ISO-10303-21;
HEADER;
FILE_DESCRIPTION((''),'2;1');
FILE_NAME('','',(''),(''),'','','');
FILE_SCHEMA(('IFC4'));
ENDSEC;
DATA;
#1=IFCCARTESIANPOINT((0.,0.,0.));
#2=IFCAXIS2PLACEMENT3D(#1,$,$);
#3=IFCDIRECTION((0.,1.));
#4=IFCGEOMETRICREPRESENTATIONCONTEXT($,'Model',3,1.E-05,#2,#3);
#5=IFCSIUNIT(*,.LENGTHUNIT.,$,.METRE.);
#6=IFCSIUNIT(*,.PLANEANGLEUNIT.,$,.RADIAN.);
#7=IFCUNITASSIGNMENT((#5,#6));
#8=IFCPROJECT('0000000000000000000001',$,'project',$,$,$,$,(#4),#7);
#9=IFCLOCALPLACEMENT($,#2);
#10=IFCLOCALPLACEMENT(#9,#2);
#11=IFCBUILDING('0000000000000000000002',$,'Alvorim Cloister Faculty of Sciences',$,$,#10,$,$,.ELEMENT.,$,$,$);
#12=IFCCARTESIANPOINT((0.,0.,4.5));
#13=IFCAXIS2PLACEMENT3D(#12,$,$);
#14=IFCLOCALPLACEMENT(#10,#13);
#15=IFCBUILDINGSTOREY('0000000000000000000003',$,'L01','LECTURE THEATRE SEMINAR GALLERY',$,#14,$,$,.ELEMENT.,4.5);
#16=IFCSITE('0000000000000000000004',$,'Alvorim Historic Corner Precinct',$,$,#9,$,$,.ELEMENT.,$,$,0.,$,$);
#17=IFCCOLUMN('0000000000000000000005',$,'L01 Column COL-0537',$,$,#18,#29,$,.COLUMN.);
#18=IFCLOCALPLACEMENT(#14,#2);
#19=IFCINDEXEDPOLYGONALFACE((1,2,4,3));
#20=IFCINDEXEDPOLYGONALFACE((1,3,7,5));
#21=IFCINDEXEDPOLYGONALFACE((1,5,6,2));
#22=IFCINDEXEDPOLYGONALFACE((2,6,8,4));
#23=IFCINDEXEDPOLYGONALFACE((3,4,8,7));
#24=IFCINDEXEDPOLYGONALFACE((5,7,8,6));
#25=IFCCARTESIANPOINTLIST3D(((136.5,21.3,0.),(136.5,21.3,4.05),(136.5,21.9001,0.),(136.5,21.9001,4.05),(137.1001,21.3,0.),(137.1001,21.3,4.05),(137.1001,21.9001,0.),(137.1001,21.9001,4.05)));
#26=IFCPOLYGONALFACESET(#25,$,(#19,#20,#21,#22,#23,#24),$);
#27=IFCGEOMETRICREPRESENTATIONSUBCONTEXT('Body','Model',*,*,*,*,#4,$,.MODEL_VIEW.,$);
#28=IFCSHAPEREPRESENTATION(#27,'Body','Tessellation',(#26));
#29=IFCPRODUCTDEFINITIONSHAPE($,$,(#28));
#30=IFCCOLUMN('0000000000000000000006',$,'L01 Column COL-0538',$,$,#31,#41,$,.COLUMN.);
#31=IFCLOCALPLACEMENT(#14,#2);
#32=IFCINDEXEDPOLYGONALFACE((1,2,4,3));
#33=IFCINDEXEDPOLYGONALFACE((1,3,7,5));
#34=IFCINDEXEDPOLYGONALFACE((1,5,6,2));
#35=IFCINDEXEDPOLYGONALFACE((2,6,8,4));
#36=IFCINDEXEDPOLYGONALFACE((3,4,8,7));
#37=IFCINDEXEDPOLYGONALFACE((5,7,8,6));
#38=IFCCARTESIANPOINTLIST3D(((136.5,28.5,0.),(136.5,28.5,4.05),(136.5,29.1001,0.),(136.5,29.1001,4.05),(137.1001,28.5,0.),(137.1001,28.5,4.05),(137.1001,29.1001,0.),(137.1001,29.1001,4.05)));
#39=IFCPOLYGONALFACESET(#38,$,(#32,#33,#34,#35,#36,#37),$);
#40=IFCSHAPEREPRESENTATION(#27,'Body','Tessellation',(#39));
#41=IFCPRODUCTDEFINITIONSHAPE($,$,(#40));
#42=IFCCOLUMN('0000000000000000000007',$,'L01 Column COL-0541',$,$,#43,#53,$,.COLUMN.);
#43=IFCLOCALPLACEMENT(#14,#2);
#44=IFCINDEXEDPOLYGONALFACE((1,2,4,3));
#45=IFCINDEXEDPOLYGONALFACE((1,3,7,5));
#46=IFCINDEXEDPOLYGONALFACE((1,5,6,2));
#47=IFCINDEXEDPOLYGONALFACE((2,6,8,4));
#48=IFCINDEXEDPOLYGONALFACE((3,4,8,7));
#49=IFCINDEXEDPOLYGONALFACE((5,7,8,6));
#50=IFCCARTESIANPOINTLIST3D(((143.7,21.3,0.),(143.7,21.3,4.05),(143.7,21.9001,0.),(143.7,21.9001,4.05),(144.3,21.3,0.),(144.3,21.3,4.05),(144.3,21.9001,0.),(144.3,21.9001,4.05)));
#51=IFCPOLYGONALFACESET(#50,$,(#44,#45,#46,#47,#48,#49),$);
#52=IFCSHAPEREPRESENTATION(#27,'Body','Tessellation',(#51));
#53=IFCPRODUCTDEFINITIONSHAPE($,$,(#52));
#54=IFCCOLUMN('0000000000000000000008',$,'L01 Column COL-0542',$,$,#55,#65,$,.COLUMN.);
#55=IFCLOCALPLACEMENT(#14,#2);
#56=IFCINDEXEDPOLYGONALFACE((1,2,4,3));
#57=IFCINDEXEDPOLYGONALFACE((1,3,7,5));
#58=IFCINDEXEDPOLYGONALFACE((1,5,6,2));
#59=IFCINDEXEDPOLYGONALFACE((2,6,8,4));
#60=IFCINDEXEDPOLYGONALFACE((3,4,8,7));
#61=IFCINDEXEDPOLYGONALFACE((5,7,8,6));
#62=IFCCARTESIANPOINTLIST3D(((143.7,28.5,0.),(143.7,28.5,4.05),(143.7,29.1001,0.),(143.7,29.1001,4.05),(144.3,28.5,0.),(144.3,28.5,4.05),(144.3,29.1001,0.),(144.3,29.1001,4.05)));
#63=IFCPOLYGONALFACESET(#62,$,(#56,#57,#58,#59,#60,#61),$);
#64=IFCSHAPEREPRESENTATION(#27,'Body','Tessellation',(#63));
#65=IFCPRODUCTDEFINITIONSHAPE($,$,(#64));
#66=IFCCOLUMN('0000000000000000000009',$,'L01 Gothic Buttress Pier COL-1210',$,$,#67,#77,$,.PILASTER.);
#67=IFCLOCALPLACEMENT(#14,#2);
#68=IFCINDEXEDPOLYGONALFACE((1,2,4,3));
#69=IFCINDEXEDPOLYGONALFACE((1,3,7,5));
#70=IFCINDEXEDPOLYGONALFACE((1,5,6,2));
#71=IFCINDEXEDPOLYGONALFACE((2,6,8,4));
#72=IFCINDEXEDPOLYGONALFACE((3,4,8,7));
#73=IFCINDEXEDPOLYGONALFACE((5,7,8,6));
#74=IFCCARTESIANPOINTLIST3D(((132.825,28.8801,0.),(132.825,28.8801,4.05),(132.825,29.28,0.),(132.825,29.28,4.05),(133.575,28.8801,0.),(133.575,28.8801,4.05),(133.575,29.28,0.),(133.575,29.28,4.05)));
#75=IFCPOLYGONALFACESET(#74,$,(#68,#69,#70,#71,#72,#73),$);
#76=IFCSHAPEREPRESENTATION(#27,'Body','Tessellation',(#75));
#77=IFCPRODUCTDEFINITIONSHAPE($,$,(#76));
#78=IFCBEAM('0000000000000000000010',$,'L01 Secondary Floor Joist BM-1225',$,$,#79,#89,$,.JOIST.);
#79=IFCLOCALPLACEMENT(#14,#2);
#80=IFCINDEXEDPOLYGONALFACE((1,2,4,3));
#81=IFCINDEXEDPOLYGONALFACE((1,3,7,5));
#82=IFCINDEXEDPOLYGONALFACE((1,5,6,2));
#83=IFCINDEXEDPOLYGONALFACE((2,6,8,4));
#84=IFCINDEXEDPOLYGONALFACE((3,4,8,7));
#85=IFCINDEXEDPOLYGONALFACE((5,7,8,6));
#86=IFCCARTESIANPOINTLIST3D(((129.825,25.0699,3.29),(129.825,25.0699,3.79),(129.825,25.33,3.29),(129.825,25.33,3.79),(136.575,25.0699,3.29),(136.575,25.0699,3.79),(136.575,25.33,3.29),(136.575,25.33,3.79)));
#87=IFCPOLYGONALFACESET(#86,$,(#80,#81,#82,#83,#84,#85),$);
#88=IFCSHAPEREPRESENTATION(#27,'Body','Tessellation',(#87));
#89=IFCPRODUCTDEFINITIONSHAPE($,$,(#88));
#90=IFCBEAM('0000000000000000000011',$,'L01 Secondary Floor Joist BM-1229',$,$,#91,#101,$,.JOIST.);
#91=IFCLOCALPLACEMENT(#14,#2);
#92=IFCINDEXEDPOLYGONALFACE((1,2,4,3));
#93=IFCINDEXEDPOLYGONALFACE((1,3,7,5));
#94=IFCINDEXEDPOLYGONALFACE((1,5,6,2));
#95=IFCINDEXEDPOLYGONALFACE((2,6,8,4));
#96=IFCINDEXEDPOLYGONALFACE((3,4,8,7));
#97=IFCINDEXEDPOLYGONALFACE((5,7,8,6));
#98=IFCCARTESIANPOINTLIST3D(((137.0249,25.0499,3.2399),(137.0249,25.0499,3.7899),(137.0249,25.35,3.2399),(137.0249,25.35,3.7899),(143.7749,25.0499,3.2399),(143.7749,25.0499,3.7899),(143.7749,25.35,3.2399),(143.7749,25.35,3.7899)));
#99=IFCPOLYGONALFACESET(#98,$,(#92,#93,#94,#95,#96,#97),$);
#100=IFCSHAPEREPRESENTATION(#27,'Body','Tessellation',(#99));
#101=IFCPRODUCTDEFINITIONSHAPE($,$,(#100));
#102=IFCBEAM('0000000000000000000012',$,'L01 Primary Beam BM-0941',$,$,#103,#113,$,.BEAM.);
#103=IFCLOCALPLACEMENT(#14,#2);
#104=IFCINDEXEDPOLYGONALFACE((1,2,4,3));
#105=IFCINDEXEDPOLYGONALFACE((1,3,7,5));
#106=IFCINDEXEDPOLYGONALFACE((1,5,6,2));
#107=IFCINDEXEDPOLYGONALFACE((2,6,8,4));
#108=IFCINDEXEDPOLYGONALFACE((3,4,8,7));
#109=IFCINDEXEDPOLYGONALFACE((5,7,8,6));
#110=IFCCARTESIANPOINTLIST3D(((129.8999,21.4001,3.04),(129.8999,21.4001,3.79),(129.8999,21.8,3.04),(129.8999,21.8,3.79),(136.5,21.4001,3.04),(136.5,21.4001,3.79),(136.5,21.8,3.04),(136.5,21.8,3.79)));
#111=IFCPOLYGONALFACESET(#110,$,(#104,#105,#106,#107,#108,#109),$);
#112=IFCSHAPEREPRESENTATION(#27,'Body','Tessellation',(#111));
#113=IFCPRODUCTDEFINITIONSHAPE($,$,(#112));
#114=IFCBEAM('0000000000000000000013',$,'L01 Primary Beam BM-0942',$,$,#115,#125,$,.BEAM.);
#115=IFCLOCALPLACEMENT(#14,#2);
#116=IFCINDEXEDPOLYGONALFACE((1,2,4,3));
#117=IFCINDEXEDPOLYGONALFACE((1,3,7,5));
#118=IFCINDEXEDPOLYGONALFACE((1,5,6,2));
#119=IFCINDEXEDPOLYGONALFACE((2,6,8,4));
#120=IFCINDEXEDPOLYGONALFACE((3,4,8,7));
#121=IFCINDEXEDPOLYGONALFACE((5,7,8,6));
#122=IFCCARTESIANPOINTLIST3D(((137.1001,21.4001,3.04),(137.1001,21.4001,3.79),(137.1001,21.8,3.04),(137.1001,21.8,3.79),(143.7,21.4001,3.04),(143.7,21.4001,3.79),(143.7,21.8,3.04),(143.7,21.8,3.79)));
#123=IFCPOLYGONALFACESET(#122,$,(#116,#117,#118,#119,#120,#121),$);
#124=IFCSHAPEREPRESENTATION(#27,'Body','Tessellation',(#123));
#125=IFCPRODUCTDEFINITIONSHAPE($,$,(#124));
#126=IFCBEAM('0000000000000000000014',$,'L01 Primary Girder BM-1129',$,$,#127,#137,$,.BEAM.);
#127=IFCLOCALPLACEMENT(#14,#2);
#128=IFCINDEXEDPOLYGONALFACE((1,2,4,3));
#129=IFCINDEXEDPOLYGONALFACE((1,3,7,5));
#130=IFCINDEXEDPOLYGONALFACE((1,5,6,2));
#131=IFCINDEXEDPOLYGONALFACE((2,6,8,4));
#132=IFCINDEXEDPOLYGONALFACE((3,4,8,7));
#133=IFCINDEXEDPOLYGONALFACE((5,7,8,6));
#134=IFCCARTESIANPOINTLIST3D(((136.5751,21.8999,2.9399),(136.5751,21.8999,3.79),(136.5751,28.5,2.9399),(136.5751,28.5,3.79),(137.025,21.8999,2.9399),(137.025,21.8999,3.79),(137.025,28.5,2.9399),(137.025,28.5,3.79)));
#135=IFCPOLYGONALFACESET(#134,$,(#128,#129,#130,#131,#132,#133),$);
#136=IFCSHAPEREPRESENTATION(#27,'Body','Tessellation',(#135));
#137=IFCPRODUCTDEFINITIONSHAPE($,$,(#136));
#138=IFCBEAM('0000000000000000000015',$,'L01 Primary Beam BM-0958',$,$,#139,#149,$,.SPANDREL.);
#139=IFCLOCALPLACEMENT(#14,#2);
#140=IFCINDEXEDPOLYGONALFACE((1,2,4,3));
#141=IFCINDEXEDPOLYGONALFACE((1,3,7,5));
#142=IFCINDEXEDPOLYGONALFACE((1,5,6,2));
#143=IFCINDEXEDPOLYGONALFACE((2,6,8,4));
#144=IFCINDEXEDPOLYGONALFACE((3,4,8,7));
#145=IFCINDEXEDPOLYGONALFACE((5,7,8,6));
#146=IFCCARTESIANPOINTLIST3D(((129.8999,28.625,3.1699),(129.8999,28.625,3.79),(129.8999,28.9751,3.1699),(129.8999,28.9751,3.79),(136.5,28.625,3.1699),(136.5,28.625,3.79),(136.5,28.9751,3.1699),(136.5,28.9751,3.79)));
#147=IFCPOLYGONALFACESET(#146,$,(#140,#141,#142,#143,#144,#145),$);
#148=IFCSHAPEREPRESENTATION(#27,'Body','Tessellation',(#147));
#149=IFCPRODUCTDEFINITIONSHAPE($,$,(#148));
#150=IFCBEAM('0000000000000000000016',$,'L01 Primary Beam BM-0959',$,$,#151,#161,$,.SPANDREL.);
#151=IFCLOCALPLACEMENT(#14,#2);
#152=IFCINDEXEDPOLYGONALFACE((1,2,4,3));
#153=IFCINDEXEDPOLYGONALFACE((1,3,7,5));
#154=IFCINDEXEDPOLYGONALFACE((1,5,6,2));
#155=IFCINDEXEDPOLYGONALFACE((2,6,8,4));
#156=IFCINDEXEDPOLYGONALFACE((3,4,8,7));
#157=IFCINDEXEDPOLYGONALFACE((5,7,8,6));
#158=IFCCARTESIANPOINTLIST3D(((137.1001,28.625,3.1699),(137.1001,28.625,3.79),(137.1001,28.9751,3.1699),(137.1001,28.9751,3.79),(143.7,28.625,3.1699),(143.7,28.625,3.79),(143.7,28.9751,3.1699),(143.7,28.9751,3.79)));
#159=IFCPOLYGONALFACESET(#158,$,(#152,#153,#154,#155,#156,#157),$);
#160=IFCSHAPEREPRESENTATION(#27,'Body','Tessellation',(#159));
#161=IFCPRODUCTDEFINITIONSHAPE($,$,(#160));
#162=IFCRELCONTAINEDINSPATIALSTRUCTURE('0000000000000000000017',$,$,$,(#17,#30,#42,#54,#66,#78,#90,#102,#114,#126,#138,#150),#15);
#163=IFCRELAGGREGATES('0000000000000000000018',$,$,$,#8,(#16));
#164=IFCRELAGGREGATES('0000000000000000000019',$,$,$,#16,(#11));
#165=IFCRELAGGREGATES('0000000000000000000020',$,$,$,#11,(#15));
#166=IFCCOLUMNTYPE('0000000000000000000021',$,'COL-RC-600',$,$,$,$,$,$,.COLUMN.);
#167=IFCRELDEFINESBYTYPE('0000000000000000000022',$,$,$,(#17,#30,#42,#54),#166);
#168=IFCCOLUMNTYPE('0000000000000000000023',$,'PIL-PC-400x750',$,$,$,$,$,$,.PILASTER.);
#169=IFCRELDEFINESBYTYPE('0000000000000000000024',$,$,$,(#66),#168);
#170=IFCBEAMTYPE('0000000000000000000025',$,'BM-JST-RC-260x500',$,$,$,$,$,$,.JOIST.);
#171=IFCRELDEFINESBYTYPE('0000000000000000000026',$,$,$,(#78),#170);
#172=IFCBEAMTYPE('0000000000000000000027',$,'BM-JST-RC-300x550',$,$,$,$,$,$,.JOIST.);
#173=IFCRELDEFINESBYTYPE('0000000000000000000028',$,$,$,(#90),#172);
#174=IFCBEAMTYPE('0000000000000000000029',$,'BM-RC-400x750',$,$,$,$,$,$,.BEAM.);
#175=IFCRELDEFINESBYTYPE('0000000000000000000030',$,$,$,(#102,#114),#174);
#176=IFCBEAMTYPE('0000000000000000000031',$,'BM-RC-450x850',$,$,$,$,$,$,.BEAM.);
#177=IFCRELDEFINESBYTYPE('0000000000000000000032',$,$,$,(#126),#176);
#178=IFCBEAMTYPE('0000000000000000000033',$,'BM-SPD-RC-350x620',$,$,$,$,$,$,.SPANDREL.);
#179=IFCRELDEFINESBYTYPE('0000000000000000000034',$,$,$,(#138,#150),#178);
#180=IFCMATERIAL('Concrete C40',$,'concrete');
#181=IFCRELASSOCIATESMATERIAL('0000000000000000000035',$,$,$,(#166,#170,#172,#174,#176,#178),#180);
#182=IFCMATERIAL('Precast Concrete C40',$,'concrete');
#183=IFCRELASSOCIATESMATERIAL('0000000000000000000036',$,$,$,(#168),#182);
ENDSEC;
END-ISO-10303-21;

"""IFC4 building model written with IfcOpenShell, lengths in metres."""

from ifc_helpers import new_model, si_unit, direction, frame, origin, origin_2d, place, context, subcontext, project, spatial, rectangle, extrude, material, material_profile, profile_set, type_object, element, save


model = new_model("IFC4")

# Units and contexts
model_context = context("Model", 3, precision=1e-05, world=origin(), true_north=direction((0.0, 1.0)))
body_context = subcontext(model_context, "Body", "Model", "MODEL_VIEW")
ifc_project = project(units=[si_unit("LENGTHUNIT", "METRE"), si_unit("PLANEANGLEUNIT", "RADIAN")], contexts=[model_context])

# Site, building, storey
site_placement = place(None, origin())
site = spatial("IfcSite", under=ifc_project, at=site_placement, Name="Alvorim Historic Corner Precinct", CompositionType="ELEMENT", RefElevation=0.0)
building_placement = place(site_placement, origin())
building = spatial("IfcBuilding", under=site, at=building_placement, Name="Alvorim Cloister Faculty of Sciences", CompositionType="ELEMENT")
storey_placement = place(building_placement, frame((0.0, 0.0, 4.5)))
storey = spatial("IfcBuildingStorey", under=building, at=storey_placement, Name="L01", Description="LECTURE THEATRE SEMINAR GALLERY", CompositionType="ELEMENT", Elevation=4.5)

# Columns
ifc_material_1 = material(Name="Concrete C40", Category="concrete")
ifc_material_profile_1 = material_profile(ifc_material_1, rectangle(XDim=0.6001, YDim=0.6001, at=origin_2d()), Name="RC40-COL-600x600")
ifc_profile_set_1 = profile_set([ifc_material_profile_1], Name="Concrete C40")
column_type_1 = type_object("IfcColumnType", Name="COL-RC-600", PredefinedType="COLUMN", material=ifc_profile_set_1)
for number, where, z_axis, x_axis, name in (
    (1, (136.8, 21.6001, 0.0), (0.0, 0.0, 1.0), (1.0, 0.0, 0.0), "L01 Column COL-0537"),
    (2, (136.8, 28.8, 0.0), (0.0, 0.0, 1.0), (1.0, 0.0, 0.0), "L01 Column COL-0538"),
    (3, (144.0, 21.6001, 0.0), (0.0, 0.0, 1.0), (1.0, 0.0, 0.0), "L01 Column COL-0541"),
    (4, (144.0, 28.8, 0.0), (0.0, 0.0, 1.0), (1.0, 0.0, 0.0), "L01 Column COL-0542"),
):
    element("IfcColumn", number, at=place(storey_placement, frame(where, z_axis=z_axis, x_axis=x_axis)), inside=storey, type_object=column_type_1, Name=name, PredefinedType="COLUMN", context=body_context, shape_type="SweptSolid", body=[
        extrude(rectangle(XDim=0.6001, YDim=0.6001, at=origin_2d()), origin(), (0.0, 0.0, 1.0), 4.05),
    ])
ifc_material_2 = material(Name="Precast Concrete C40", Category="concrete")
ifc_material_profile_2 = material_profile(ifc_material_2, rectangle(XDim=0.3999, YDim=0.75, at=origin_2d()), Name="RC40-PIL-400x750")
ifc_profile_set_2 = profile_set([ifc_material_profile_2], Name="Precast Concrete C40")
column_type_2 = type_object("IfcColumnType", Name="PIL-PC-400x750", PredefinedType="PILASTER", material=ifc_profile_set_2)
column_placement = place(storey_placement, frame((133.2, 29.0801, 0.0), z_axis=(0.0, 0.0, 1.0), x_axis=(0.0, 1.0, 0.0)))
element("IfcColumn", 5, at=column_placement, inside=storey, type_object=column_type_2, Name="L01 Gothic Buttress Pier COL-1210", PredefinedType="PILASTER", context=body_context, shape_type="SweptSolid", body=[
    extrude(rectangle(XDim=0.3999, YDim=0.75, at=origin_2d()), origin(), (0.0, 0.0, 1.0), 4.05),
])

# Beams
ifc_material_profile_3 = material_profile(ifc_material_1, rectangle(XDim=0.26, YDim=0.5, at=origin_2d()), Name="RC40-JST-260x500")
ifc_profile_set_3 = profile_set([ifc_material_profile_3], Name="Concrete C40")
beam_type_1 = type_object("IfcBeamType", Name="BM-JST-RC-260x500", PredefinedType="JOIST", material=ifc_profile_set_3)
beam_1_placement = place(storey_placement, frame((129.825, 25.2, 3.54), z_axis=(1.0, 0.0, 0.0), x_axis=(0.0, 1.0, 0.0)))
element("IfcBeam", 6, at=beam_1_placement, inside=storey, type_object=beam_type_1, Name="L01 Secondary Floor Joist BM-1225", PredefinedType="JOIST", context=body_context, shape_type="SweptSolid", body=[
    extrude(rectangle(XDim=0.26, YDim=0.5, at=origin_2d()), origin(), (0.0, 0.0, 1.0), 6.75),
])
ifc_material_profile_4 = material_profile(ifc_material_1, rectangle(XDim=0.3, YDim=0.55, at=origin_2d()), Name="RC40-JST-300x550")
ifc_profile_set_4 = profile_set([ifc_material_profile_4], Name="Concrete C40")
beam_type_2 = type_object("IfcBeamType", Name="BM-JST-RC-300x550", PredefinedType="JOIST", material=ifc_profile_set_4)
beam_2_placement = place(storey_placement, frame((137.0249, 25.2, 3.5149), z_axis=(1.0, 0.0, 0.0), x_axis=(0.0, 1.0, 0.0)))
element("IfcBeam", 7, at=beam_2_placement, inside=storey, type_object=beam_type_2, Name="L01 Secondary Floor Joist BM-1229", PredefinedType="JOIST", context=body_context, shape_type="SweptSolid", body=[
    extrude(rectangle(XDim=0.3, YDim=0.55, at=origin_2d()), origin(), (0.0, 0.0, 1.0), 6.75),
])
ifc_material_profile_5 = material_profile(ifc_material_1, rectangle(XDim=0.3999, YDim=0.75, at=origin_2d()), Name="RC40-BM-400x750")
ifc_profile_set_5 = profile_set([ifc_material_profile_5], Name="Concrete C40")
beam_type_3 = type_object("IfcBeamType", Name="BM-RC-400x750", PredefinedType="BEAM", material=ifc_profile_set_5)
beam_3_placement = place(storey_placement, frame((129.8999, 21.6001, 3.415), z_axis=(1.0, 0.0, 0.0), x_axis=(0.0, 1.0, 0.0)))
element("IfcBeam", 8, at=beam_3_placement, inside=storey, type_object=beam_type_3, Name="L01 Primary Beam BM-0941", PredefinedType="BEAM", context=body_context, shape_type="SweptSolid", body=[
    extrude(rectangle(XDim=0.3999, YDim=0.75, at=origin_2d()), origin(), (0.0, 0.0, 1.0), 6.6001),
])
beam_4_placement = place(storey_placement, frame((137.1001, 21.6001, 3.415), z_axis=(1.0, 0.0, 0.0), x_axis=(0.0, 1.0, 0.0)))
element("IfcBeam", 9, at=beam_4_placement, inside=storey, type_object=beam_type_3, Name="L01 Primary Beam BM-0942", PredefinedType="BEAM", context=body_context, shape_type="SweptSolid", body=[
    extrude(rectangle(XDim=0.3999, YDim=0.75, at=origin_2d()), origin(), (0.0, 0.0, 1.0), 6.5999),
])
ifc_material_profile_6 = material_profile(ifc_material_1, rectangle(XDim=0.45, YDim=0.8501, at=origin_2d()), Name="RC40-BM-450x850")
ifc_profile_set_6 = profile_set([ifc_material_profile_6], Name="Concrete C40")
beam_type_4 = type_object("IfcBeamType", Name="BM-RC-450x850", PredefinedType="BEAM", material=ifc_profile_set_6)
beam_5_placement = place(storey_placement, frame((136.8, 21.8999, 3.365), z_axis=(0.0, 1.0, 0.0), x_axis=(-1.0, 0.0, 0.0)))
element("IfcBeam", 10, at=beam_5_placement, inside=storey, type_object=beam_type_4, Name="L01 Primary Girder BM-1129", PredefinedType="BEAM", context=body_context, shape_type="SweptSolid", body=[
    extrude(rectangle(XDim=0.45, YDim=0.8501, at=origin_2d()), origin(), (0.0, 0.0, 1.0), 6.6001),
])
ifc_material_profile_7 = material_profile(ifc_material_1, rectangle(XDim=0.3501, YDim=0.6201, at=origin_2d()), Name="RC40-SPD-350x620")
ifc_profile_set_7 = profile_set([ifc_material_profile_7], Name="Concrete C40")
beam_type_5 = type_object("IfcBeamType", Name="BM-SPD-RC-350x620", PredefinedType="SPANDREL", material=ifc_profile_set_7)
beam_6_placement = place(storey_placement, frame((129.8999, 28.8, 3.48), z_axis=(1.0, 0.0, 0.0), x_axis=(0.0, 1.0, 0.0)))
element("IfcBeam", 11, at=beam_6_placement, inside=storey, type_object=beam_type_5, Name="L01 Primary Beam BM-0958", PredefinedType="SPANDREL", context=body_context, shape_type="SweptSolid", body=[
    extrude(rectangle(XDim=0.3501, YDim=0.6201, at=origin_2d()), origin(), (0.0, 0.0, 1.0), 6.6001),
])
beam_7_placement = place(storey_placement, frame((137.1001, 28.8, 3.48), z_axis=(1.0, 0.0, 0.0), x_axis=(0.0, 1.0, 0.0)))
element("IfcBeam", 12, at=beam_7_placement, inside=storey, type_object=beam_type_5, Name="L01 Primary Beam BM-0959", PredefinedType="SPANDREL", context=body_context, shape_type="SweptSolid", body=[
    extrude(rectangle(XDim=0.3501, YDim=0.6201, at=origin_2d()), origin(), (0.0, 0.0, 1.0), 6.5999),
])

save(model, "model.ifc")
